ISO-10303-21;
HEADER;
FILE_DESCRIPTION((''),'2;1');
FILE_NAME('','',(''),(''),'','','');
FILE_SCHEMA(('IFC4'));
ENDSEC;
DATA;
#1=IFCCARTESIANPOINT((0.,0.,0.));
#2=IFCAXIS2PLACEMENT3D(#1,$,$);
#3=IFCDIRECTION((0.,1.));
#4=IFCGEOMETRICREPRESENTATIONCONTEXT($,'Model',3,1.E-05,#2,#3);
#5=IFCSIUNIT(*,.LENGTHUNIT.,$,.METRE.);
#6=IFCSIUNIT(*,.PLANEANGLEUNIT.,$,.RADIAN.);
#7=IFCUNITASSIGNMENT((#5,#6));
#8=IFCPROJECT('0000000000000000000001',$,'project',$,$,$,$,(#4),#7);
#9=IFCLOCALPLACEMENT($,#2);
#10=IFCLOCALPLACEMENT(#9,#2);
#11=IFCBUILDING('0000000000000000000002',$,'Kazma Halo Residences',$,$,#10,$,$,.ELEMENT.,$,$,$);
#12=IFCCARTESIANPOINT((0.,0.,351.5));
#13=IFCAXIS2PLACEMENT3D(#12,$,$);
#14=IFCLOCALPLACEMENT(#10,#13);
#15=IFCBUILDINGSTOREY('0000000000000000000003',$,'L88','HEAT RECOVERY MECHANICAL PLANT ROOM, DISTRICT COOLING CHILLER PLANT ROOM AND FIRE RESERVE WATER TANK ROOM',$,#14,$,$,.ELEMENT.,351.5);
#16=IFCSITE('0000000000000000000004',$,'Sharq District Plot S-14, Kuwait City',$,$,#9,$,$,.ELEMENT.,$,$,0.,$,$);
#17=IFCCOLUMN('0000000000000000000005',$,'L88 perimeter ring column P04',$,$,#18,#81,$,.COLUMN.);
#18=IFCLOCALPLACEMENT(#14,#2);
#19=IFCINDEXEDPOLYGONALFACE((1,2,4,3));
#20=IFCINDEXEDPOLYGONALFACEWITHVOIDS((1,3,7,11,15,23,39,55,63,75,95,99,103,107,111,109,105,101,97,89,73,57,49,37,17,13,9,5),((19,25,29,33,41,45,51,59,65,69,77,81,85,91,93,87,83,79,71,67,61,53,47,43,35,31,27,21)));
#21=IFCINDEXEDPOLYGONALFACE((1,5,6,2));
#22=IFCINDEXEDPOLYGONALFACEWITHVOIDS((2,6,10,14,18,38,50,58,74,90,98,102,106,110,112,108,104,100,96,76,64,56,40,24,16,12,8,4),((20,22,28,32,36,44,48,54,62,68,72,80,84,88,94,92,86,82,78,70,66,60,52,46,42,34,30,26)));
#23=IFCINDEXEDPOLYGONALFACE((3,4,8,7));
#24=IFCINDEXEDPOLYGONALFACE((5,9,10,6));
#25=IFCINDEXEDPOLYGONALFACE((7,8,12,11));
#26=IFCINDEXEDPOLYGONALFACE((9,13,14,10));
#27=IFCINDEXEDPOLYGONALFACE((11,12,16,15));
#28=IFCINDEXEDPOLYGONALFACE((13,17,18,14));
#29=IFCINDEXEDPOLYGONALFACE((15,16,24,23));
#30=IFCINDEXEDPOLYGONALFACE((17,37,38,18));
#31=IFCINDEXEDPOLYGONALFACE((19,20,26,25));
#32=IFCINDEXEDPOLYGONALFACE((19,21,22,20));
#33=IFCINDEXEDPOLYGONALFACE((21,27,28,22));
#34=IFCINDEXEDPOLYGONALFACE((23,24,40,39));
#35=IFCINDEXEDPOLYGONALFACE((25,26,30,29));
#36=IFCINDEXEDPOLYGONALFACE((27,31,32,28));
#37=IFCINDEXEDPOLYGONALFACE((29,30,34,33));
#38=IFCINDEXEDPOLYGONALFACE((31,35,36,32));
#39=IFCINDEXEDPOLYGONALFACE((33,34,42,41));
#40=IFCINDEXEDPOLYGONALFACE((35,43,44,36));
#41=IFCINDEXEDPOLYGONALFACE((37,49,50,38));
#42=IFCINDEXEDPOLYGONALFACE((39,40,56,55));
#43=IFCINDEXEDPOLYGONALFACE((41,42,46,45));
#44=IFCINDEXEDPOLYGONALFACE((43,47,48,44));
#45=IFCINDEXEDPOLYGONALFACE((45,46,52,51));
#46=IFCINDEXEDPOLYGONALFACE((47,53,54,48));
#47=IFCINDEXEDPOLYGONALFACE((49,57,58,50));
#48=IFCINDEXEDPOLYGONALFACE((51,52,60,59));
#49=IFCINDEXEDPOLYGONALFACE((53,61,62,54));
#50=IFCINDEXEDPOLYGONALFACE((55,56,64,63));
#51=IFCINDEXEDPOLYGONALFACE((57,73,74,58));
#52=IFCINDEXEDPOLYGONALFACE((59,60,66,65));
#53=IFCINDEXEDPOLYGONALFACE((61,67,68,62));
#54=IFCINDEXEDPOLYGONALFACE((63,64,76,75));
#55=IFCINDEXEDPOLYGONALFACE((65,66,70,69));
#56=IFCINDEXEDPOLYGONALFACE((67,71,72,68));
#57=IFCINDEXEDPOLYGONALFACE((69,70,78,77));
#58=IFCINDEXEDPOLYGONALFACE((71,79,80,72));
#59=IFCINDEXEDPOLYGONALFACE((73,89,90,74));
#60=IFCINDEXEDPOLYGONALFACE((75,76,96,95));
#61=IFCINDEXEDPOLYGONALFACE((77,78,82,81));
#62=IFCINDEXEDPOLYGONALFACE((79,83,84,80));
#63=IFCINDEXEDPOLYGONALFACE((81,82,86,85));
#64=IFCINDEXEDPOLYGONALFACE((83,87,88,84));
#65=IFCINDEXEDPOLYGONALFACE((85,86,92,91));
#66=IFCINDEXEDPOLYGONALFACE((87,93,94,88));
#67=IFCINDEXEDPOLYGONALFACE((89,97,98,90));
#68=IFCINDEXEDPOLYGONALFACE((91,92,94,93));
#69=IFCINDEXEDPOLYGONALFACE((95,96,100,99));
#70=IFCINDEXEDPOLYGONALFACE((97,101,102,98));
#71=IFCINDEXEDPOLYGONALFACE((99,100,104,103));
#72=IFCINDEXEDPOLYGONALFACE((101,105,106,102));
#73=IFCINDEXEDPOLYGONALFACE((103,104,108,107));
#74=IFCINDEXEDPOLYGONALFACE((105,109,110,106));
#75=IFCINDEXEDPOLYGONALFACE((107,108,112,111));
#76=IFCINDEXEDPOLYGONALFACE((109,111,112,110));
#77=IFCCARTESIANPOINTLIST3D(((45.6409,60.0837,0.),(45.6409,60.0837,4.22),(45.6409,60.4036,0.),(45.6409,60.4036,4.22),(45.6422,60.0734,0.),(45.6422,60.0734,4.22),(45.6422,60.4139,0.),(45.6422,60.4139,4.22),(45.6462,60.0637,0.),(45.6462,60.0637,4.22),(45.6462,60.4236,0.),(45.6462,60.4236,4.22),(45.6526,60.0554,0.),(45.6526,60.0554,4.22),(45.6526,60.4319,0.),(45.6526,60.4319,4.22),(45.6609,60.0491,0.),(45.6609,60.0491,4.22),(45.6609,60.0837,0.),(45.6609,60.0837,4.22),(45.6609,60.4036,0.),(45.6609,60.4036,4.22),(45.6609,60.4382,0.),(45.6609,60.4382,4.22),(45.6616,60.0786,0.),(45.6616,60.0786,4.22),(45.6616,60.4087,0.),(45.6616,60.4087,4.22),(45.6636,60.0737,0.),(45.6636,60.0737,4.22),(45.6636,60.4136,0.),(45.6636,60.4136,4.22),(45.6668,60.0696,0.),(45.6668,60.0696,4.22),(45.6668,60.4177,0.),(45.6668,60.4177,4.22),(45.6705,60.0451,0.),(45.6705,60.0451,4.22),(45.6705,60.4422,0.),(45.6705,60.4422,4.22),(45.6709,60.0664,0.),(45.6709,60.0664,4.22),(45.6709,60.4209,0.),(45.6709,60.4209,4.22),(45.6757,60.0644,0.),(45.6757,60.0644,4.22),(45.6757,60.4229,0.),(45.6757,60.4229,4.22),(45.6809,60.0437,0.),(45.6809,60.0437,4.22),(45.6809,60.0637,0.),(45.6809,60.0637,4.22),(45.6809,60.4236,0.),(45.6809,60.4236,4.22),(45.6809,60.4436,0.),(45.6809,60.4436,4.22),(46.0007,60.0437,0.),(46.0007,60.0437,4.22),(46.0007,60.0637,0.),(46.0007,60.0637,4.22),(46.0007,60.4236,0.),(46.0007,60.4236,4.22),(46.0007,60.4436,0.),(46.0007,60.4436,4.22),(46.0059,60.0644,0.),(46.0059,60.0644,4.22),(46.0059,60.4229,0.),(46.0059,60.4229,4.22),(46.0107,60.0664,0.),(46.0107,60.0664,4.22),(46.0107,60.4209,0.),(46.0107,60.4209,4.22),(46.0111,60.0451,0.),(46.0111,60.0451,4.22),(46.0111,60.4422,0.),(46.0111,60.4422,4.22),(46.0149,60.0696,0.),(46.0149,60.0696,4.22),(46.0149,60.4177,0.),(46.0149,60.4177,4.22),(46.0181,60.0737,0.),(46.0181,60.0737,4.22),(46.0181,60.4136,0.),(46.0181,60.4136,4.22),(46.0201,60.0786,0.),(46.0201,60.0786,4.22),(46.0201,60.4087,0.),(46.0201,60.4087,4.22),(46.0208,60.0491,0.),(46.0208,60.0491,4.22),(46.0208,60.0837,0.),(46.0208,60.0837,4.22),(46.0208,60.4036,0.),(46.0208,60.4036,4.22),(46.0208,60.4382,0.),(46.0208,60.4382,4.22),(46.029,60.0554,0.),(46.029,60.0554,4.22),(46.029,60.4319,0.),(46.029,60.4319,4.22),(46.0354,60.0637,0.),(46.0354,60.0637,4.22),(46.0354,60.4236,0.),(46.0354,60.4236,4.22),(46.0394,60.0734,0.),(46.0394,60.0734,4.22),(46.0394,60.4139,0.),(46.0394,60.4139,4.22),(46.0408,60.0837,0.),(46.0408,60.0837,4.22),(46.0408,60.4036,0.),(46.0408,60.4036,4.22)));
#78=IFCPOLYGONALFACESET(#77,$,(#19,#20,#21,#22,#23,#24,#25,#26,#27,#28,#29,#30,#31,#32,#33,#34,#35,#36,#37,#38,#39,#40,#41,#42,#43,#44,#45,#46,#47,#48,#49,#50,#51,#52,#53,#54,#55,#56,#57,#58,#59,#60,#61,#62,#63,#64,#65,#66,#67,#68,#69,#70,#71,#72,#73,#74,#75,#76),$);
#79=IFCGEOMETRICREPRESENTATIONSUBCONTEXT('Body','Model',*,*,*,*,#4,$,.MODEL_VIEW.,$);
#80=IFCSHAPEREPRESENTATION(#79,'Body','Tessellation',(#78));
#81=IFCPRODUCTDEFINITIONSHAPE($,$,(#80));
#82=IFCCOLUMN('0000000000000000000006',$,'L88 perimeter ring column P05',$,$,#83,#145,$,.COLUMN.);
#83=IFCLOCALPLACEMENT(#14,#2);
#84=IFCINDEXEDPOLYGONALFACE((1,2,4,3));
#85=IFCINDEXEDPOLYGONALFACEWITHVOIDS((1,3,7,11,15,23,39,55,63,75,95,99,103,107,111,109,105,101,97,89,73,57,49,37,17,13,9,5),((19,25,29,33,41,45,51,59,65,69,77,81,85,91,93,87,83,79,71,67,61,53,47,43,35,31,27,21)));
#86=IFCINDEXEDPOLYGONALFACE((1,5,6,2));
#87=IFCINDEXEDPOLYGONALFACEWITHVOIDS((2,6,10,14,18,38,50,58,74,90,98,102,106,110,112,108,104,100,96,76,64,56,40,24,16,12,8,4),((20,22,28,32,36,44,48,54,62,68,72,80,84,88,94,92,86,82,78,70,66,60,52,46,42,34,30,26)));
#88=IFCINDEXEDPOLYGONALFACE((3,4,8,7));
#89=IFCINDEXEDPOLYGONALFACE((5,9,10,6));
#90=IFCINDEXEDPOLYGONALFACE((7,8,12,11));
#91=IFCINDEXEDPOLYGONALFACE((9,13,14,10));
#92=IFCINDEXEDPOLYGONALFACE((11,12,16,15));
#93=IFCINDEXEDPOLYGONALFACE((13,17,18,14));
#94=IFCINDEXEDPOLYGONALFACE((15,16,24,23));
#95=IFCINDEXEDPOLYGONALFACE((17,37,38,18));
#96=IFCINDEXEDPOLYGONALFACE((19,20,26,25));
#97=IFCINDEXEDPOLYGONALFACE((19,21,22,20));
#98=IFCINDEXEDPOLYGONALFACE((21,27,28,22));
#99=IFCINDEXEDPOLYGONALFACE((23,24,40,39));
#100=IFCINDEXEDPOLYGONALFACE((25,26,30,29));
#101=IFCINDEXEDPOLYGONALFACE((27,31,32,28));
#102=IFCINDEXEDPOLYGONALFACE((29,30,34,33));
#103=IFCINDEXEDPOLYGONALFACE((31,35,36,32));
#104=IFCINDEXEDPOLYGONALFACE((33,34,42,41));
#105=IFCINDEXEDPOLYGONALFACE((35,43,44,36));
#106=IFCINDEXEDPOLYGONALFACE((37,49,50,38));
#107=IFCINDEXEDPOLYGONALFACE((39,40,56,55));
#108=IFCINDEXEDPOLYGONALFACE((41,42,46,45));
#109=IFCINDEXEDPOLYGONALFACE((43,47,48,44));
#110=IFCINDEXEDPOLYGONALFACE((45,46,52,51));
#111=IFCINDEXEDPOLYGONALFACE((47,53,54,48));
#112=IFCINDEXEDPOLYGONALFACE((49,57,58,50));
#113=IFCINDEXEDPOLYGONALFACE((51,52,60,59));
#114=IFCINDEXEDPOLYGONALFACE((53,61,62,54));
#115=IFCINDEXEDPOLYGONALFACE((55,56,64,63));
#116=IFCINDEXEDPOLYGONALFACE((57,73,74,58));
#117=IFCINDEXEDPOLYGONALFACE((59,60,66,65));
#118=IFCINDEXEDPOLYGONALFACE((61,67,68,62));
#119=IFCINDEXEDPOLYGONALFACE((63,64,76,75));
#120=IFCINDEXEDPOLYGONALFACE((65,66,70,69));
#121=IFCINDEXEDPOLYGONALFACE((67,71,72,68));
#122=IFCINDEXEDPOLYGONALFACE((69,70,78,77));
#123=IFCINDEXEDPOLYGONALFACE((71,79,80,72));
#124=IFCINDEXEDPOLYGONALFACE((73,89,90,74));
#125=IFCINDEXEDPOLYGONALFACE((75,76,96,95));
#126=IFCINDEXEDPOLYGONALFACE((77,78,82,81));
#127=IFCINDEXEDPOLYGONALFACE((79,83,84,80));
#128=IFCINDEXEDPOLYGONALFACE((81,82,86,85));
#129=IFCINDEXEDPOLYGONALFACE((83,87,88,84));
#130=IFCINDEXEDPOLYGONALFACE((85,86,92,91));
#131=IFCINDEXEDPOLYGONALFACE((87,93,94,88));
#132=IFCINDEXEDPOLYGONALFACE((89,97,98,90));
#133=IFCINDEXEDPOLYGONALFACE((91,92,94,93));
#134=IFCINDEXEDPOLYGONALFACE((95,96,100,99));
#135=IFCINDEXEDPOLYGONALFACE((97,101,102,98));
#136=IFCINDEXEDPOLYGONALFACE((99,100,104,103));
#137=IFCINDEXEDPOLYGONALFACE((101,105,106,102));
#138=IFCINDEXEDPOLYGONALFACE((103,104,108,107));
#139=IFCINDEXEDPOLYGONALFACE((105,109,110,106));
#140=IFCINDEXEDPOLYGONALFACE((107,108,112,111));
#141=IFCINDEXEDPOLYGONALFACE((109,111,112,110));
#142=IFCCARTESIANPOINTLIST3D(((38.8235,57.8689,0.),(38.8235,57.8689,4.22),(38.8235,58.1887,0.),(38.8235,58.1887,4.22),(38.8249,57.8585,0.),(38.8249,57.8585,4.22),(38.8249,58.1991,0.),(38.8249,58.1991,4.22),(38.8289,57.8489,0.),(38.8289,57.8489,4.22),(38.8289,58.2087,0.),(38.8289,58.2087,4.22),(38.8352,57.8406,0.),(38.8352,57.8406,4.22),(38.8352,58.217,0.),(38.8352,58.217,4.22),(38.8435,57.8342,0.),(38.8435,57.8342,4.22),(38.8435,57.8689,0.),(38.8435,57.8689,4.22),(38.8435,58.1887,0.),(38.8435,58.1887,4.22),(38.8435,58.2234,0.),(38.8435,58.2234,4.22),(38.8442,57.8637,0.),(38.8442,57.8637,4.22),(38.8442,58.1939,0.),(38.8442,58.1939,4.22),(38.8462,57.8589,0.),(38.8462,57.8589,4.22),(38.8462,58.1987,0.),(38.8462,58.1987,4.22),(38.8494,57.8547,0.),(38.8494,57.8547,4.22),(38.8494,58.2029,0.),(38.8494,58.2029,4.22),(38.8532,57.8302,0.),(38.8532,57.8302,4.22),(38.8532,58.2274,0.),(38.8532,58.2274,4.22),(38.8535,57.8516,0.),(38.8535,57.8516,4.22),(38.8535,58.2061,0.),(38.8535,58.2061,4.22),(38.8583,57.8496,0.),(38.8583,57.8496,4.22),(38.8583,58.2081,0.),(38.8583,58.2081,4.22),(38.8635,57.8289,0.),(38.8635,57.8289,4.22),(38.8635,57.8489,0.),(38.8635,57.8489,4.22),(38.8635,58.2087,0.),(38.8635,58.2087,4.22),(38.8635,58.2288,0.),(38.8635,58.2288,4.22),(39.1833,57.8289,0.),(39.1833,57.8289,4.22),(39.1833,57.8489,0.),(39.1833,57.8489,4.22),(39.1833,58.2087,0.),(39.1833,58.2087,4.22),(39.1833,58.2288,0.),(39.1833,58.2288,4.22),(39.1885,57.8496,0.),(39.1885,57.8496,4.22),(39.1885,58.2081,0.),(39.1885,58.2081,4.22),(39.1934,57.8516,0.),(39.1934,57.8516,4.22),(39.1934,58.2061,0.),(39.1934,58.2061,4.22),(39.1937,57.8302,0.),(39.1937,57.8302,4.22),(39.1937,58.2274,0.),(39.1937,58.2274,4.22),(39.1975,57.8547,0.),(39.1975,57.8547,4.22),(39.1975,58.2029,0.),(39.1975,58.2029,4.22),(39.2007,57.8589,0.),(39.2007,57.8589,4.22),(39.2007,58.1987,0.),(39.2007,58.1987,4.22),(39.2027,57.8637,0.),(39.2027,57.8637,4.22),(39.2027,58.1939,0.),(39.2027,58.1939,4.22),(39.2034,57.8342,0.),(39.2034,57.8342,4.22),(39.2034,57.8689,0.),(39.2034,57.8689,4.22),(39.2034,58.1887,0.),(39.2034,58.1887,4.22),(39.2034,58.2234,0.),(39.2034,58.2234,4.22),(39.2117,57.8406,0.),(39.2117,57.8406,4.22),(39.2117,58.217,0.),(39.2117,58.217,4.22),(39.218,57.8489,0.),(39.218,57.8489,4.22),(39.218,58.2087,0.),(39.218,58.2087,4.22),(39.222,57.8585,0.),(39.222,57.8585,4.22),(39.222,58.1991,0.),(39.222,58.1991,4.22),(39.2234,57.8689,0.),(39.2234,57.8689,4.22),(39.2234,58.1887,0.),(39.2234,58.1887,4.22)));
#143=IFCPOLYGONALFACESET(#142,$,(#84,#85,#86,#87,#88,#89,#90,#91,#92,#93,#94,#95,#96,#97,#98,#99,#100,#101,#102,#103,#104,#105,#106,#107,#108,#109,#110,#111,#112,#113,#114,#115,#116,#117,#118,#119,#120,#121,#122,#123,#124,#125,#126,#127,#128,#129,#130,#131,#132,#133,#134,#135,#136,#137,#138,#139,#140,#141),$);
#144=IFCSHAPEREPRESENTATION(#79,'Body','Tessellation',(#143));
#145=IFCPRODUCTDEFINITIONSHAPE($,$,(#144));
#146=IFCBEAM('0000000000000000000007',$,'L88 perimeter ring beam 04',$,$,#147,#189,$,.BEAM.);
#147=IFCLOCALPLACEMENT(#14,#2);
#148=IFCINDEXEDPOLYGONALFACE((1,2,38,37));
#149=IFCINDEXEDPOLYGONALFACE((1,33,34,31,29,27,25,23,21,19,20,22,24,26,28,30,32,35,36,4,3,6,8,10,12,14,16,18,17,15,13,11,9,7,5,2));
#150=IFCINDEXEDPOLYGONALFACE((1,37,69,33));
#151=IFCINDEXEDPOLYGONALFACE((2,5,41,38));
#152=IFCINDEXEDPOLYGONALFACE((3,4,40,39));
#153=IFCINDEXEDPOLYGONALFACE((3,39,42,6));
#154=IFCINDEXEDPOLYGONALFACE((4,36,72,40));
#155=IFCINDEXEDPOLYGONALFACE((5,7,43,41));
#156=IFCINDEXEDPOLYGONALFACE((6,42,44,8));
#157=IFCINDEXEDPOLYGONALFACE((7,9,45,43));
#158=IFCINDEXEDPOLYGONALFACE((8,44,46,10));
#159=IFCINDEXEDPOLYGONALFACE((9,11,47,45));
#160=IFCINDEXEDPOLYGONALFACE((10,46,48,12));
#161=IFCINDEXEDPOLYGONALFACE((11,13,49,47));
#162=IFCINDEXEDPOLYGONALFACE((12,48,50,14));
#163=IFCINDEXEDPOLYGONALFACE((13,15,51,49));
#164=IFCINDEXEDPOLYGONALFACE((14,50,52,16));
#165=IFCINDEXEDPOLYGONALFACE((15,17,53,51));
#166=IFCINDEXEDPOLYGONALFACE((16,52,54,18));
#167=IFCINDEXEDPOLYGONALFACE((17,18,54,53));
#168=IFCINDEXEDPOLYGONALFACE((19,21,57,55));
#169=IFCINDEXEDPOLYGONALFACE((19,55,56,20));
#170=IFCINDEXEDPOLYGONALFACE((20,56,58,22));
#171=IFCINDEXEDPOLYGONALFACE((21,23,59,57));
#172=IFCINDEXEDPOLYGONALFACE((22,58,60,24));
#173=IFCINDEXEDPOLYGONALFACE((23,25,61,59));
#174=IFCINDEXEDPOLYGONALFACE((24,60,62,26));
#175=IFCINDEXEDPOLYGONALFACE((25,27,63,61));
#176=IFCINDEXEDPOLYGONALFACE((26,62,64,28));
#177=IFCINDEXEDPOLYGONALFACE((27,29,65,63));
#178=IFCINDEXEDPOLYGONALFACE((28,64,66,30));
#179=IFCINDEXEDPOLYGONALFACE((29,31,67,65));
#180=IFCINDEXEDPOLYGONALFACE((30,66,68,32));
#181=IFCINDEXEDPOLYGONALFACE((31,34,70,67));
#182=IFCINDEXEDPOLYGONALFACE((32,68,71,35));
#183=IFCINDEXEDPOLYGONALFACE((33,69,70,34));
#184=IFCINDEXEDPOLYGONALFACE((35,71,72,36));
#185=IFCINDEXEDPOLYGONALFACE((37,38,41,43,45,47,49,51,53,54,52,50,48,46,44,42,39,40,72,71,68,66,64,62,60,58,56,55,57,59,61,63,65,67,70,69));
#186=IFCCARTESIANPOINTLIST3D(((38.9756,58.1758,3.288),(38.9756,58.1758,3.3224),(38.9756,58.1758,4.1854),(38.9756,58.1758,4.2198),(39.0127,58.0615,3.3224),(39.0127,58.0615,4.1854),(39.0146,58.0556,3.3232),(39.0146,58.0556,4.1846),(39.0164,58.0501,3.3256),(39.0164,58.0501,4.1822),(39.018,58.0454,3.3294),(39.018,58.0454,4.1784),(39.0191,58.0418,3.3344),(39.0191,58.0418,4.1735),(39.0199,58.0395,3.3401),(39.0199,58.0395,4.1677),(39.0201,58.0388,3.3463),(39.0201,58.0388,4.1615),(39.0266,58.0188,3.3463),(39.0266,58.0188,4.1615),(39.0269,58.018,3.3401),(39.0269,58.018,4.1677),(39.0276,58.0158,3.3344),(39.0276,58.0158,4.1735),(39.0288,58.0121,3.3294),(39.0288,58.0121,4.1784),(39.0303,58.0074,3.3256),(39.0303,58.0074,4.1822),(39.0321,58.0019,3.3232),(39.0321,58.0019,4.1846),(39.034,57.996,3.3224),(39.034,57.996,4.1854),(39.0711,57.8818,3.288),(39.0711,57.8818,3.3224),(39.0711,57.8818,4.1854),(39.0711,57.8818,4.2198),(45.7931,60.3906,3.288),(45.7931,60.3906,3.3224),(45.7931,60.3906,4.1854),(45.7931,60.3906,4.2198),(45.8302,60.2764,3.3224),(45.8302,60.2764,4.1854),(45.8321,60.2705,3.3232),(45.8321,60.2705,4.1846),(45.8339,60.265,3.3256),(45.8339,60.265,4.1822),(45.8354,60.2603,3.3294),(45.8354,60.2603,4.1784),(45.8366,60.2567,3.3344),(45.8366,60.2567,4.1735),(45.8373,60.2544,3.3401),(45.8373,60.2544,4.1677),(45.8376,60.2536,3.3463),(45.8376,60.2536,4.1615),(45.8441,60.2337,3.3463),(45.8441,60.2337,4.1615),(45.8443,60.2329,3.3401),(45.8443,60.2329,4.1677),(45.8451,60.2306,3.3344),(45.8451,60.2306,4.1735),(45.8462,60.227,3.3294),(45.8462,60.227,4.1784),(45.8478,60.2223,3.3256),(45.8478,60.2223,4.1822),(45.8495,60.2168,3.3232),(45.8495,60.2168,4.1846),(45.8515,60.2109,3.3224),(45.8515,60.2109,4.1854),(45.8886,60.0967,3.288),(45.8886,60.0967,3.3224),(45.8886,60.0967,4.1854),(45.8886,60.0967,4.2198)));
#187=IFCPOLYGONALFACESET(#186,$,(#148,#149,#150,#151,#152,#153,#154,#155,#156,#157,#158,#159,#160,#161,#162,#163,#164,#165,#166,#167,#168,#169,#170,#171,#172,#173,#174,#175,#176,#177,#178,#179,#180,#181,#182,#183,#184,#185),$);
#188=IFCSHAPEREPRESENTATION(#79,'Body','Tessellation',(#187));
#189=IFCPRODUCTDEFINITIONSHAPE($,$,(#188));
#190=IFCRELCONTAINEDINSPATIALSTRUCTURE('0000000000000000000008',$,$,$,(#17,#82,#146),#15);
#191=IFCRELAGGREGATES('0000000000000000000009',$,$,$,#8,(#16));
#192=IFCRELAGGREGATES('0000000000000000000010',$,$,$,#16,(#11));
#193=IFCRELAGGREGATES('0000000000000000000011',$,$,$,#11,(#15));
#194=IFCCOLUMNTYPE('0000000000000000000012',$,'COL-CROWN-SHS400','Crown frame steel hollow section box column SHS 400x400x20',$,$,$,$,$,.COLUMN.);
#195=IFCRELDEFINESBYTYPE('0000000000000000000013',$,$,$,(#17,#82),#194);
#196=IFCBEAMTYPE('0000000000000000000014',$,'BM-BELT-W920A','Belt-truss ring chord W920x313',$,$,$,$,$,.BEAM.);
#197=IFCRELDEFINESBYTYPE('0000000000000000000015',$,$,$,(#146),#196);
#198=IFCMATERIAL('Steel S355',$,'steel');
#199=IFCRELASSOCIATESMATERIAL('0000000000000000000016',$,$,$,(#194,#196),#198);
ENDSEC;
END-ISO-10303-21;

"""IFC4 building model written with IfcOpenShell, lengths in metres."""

from ifc_helpers import new_model, si_unit, direction, frame, origin, origin_2d, place, context, subcontext, project, spatial, hollow_rectangle, i_section, extrude, material, material_profile, profile_set, type_object, element, save


model = new_model("IFC4")

# Units and contexts
model_context = context("Model", 3, precision=1e-05, world=origin(), true_north=direction((0.0, 1.0)))
body_context = subcontext(model_context, "Body", "Model", "MODEL_VIEW")
ifc_project = project(units=[si_unit("LENGTHUNIT", "METRE"), si_unit("PLANEANGLEUNIT", "RADIAN")], contexts=[model_context])

# Site, building, storey
site_placement = place(None, origin())
site = spatial("IfcSite", under=ifc_project, at=site_placement, Name="Sharq District Plot S-14, Kuwait City", CompositionType="ELEMENT", RefElevation=0.0)
building_placement = place(site_placement, origin())
building = spatial("IfcBuilding", under=site, at=building_placement, Name="Kazma Halo Residences", CompositionType="ELEMENT")
storey_placement = place(building_placement, frame((0.0, 0.0, 351.5)))
storey = spatial("IfcBuildingStorey", under=building, at=storey_placement, Name="L88", Description="HEAT RECOVERY MECHANICAL PLANT ROOM, DISTRICT COOLING CHILLER PLANT ROOM AND FIRE RESERVE WATER TANK ROOM", CompositionType="ELEMENT", Elevation=351.5)

# Columns
ifc_material_1 = material(Name="Steel S355", Category="steel")
ifc_material_profile_1 = material_profile(ifc_material_1, hollow_rectangle(XDim=0.3999, YDim=0.3999, WallThickness=0.02, InnerFilletRadius=0.02, OuterFilletRadius=0.04, at=origin_2d()), Name="SHS400x400x20")
ifc_profile_set_1 = profile_set([ifc_material_profile_1], Name="Steel S355")
column_type = type_object("IfcColumnType", Name="COL-CROWN-SHS400", Description="Crown frame steel hollow section box column SHS 400x400x20", PredefinedType="COLUMN", material=ifc_profile_set_1)
for number, where, z_axis, x_axis, name in (
    (1, (45.8408, 60.2437, 0.0), (0.0, 0.0, 1.0), (1.0, 0.0, 0.0), "L88 perimeter ring column P04"),
    (2, (39.0234, 58.0288, 0.0), (0.0, 0.0, 1.0), (1.0, 0.0, 0.0), "L88 perimeter ring column P05"),
):
    element("IfcColumn", number, at=place(storey_placement, frame(where, z_axis=z_axis, x_axis=x_axis)), inside=storey, type_object=column_type, Name=name, PredefinedType="COLUMN", context=body_context, shape_type="SweptSolid", body=[
        extrude(hollow_rectangle(XDim=0.3999, YDim=0.3999, WallThickness=0.02, InnerFilletRadius=0.02, OuterFilletRadius=0.04, at=origin_2d()), origin(), (0.0, 0.0, 1.0), 4.22),
    ])

# Beam
ifc_material_profile_2 = material_profile(ifc_material_1, i_section(OverallWidth=0.3091, OverallDepth=0.9319, WebThickness=0.021, FlangeThickness=0.0344, FilletRadius=0.0239, at=origin_2d()), Name="W920x313")
ifc_profile_set_2 = profile_set([ifc_material_profile_2], Name="Steel S355")
beam_type_1 = type_object("IfcBeamType", Name="BM-BELT-W920A", Description="Belt-truss ring chord W920x313", PredefinedType="BEAM", material=ifc_profile_set_2)
beam_1_placement = place(storey_placement, frame((45.8408, 60.2437, 3.7539), z_axis=(-0.951067, -0.308984, 0.0), x_axis=(0.308984, -0.951067, 0.0)))
element("IfcBeam", 3, at=beam_1_placement, inside=storey, type_object=beam_type_1, Name="L88 perimeter ring beam 04", PredefinedType="BEAM", context=body_context, shape_type="SweptSolid", body=[
    extrude(i_section(OverallWidth=0.3091, OverallDepth=0.9319, WebThickness=0.021, FlangeThickness=0.0344, FilletRadius=0.0239, at=origin_2d()), origin(), (0.0, 0.0, 1.0), 7.1682),
])

save(model, "model.ifc")
